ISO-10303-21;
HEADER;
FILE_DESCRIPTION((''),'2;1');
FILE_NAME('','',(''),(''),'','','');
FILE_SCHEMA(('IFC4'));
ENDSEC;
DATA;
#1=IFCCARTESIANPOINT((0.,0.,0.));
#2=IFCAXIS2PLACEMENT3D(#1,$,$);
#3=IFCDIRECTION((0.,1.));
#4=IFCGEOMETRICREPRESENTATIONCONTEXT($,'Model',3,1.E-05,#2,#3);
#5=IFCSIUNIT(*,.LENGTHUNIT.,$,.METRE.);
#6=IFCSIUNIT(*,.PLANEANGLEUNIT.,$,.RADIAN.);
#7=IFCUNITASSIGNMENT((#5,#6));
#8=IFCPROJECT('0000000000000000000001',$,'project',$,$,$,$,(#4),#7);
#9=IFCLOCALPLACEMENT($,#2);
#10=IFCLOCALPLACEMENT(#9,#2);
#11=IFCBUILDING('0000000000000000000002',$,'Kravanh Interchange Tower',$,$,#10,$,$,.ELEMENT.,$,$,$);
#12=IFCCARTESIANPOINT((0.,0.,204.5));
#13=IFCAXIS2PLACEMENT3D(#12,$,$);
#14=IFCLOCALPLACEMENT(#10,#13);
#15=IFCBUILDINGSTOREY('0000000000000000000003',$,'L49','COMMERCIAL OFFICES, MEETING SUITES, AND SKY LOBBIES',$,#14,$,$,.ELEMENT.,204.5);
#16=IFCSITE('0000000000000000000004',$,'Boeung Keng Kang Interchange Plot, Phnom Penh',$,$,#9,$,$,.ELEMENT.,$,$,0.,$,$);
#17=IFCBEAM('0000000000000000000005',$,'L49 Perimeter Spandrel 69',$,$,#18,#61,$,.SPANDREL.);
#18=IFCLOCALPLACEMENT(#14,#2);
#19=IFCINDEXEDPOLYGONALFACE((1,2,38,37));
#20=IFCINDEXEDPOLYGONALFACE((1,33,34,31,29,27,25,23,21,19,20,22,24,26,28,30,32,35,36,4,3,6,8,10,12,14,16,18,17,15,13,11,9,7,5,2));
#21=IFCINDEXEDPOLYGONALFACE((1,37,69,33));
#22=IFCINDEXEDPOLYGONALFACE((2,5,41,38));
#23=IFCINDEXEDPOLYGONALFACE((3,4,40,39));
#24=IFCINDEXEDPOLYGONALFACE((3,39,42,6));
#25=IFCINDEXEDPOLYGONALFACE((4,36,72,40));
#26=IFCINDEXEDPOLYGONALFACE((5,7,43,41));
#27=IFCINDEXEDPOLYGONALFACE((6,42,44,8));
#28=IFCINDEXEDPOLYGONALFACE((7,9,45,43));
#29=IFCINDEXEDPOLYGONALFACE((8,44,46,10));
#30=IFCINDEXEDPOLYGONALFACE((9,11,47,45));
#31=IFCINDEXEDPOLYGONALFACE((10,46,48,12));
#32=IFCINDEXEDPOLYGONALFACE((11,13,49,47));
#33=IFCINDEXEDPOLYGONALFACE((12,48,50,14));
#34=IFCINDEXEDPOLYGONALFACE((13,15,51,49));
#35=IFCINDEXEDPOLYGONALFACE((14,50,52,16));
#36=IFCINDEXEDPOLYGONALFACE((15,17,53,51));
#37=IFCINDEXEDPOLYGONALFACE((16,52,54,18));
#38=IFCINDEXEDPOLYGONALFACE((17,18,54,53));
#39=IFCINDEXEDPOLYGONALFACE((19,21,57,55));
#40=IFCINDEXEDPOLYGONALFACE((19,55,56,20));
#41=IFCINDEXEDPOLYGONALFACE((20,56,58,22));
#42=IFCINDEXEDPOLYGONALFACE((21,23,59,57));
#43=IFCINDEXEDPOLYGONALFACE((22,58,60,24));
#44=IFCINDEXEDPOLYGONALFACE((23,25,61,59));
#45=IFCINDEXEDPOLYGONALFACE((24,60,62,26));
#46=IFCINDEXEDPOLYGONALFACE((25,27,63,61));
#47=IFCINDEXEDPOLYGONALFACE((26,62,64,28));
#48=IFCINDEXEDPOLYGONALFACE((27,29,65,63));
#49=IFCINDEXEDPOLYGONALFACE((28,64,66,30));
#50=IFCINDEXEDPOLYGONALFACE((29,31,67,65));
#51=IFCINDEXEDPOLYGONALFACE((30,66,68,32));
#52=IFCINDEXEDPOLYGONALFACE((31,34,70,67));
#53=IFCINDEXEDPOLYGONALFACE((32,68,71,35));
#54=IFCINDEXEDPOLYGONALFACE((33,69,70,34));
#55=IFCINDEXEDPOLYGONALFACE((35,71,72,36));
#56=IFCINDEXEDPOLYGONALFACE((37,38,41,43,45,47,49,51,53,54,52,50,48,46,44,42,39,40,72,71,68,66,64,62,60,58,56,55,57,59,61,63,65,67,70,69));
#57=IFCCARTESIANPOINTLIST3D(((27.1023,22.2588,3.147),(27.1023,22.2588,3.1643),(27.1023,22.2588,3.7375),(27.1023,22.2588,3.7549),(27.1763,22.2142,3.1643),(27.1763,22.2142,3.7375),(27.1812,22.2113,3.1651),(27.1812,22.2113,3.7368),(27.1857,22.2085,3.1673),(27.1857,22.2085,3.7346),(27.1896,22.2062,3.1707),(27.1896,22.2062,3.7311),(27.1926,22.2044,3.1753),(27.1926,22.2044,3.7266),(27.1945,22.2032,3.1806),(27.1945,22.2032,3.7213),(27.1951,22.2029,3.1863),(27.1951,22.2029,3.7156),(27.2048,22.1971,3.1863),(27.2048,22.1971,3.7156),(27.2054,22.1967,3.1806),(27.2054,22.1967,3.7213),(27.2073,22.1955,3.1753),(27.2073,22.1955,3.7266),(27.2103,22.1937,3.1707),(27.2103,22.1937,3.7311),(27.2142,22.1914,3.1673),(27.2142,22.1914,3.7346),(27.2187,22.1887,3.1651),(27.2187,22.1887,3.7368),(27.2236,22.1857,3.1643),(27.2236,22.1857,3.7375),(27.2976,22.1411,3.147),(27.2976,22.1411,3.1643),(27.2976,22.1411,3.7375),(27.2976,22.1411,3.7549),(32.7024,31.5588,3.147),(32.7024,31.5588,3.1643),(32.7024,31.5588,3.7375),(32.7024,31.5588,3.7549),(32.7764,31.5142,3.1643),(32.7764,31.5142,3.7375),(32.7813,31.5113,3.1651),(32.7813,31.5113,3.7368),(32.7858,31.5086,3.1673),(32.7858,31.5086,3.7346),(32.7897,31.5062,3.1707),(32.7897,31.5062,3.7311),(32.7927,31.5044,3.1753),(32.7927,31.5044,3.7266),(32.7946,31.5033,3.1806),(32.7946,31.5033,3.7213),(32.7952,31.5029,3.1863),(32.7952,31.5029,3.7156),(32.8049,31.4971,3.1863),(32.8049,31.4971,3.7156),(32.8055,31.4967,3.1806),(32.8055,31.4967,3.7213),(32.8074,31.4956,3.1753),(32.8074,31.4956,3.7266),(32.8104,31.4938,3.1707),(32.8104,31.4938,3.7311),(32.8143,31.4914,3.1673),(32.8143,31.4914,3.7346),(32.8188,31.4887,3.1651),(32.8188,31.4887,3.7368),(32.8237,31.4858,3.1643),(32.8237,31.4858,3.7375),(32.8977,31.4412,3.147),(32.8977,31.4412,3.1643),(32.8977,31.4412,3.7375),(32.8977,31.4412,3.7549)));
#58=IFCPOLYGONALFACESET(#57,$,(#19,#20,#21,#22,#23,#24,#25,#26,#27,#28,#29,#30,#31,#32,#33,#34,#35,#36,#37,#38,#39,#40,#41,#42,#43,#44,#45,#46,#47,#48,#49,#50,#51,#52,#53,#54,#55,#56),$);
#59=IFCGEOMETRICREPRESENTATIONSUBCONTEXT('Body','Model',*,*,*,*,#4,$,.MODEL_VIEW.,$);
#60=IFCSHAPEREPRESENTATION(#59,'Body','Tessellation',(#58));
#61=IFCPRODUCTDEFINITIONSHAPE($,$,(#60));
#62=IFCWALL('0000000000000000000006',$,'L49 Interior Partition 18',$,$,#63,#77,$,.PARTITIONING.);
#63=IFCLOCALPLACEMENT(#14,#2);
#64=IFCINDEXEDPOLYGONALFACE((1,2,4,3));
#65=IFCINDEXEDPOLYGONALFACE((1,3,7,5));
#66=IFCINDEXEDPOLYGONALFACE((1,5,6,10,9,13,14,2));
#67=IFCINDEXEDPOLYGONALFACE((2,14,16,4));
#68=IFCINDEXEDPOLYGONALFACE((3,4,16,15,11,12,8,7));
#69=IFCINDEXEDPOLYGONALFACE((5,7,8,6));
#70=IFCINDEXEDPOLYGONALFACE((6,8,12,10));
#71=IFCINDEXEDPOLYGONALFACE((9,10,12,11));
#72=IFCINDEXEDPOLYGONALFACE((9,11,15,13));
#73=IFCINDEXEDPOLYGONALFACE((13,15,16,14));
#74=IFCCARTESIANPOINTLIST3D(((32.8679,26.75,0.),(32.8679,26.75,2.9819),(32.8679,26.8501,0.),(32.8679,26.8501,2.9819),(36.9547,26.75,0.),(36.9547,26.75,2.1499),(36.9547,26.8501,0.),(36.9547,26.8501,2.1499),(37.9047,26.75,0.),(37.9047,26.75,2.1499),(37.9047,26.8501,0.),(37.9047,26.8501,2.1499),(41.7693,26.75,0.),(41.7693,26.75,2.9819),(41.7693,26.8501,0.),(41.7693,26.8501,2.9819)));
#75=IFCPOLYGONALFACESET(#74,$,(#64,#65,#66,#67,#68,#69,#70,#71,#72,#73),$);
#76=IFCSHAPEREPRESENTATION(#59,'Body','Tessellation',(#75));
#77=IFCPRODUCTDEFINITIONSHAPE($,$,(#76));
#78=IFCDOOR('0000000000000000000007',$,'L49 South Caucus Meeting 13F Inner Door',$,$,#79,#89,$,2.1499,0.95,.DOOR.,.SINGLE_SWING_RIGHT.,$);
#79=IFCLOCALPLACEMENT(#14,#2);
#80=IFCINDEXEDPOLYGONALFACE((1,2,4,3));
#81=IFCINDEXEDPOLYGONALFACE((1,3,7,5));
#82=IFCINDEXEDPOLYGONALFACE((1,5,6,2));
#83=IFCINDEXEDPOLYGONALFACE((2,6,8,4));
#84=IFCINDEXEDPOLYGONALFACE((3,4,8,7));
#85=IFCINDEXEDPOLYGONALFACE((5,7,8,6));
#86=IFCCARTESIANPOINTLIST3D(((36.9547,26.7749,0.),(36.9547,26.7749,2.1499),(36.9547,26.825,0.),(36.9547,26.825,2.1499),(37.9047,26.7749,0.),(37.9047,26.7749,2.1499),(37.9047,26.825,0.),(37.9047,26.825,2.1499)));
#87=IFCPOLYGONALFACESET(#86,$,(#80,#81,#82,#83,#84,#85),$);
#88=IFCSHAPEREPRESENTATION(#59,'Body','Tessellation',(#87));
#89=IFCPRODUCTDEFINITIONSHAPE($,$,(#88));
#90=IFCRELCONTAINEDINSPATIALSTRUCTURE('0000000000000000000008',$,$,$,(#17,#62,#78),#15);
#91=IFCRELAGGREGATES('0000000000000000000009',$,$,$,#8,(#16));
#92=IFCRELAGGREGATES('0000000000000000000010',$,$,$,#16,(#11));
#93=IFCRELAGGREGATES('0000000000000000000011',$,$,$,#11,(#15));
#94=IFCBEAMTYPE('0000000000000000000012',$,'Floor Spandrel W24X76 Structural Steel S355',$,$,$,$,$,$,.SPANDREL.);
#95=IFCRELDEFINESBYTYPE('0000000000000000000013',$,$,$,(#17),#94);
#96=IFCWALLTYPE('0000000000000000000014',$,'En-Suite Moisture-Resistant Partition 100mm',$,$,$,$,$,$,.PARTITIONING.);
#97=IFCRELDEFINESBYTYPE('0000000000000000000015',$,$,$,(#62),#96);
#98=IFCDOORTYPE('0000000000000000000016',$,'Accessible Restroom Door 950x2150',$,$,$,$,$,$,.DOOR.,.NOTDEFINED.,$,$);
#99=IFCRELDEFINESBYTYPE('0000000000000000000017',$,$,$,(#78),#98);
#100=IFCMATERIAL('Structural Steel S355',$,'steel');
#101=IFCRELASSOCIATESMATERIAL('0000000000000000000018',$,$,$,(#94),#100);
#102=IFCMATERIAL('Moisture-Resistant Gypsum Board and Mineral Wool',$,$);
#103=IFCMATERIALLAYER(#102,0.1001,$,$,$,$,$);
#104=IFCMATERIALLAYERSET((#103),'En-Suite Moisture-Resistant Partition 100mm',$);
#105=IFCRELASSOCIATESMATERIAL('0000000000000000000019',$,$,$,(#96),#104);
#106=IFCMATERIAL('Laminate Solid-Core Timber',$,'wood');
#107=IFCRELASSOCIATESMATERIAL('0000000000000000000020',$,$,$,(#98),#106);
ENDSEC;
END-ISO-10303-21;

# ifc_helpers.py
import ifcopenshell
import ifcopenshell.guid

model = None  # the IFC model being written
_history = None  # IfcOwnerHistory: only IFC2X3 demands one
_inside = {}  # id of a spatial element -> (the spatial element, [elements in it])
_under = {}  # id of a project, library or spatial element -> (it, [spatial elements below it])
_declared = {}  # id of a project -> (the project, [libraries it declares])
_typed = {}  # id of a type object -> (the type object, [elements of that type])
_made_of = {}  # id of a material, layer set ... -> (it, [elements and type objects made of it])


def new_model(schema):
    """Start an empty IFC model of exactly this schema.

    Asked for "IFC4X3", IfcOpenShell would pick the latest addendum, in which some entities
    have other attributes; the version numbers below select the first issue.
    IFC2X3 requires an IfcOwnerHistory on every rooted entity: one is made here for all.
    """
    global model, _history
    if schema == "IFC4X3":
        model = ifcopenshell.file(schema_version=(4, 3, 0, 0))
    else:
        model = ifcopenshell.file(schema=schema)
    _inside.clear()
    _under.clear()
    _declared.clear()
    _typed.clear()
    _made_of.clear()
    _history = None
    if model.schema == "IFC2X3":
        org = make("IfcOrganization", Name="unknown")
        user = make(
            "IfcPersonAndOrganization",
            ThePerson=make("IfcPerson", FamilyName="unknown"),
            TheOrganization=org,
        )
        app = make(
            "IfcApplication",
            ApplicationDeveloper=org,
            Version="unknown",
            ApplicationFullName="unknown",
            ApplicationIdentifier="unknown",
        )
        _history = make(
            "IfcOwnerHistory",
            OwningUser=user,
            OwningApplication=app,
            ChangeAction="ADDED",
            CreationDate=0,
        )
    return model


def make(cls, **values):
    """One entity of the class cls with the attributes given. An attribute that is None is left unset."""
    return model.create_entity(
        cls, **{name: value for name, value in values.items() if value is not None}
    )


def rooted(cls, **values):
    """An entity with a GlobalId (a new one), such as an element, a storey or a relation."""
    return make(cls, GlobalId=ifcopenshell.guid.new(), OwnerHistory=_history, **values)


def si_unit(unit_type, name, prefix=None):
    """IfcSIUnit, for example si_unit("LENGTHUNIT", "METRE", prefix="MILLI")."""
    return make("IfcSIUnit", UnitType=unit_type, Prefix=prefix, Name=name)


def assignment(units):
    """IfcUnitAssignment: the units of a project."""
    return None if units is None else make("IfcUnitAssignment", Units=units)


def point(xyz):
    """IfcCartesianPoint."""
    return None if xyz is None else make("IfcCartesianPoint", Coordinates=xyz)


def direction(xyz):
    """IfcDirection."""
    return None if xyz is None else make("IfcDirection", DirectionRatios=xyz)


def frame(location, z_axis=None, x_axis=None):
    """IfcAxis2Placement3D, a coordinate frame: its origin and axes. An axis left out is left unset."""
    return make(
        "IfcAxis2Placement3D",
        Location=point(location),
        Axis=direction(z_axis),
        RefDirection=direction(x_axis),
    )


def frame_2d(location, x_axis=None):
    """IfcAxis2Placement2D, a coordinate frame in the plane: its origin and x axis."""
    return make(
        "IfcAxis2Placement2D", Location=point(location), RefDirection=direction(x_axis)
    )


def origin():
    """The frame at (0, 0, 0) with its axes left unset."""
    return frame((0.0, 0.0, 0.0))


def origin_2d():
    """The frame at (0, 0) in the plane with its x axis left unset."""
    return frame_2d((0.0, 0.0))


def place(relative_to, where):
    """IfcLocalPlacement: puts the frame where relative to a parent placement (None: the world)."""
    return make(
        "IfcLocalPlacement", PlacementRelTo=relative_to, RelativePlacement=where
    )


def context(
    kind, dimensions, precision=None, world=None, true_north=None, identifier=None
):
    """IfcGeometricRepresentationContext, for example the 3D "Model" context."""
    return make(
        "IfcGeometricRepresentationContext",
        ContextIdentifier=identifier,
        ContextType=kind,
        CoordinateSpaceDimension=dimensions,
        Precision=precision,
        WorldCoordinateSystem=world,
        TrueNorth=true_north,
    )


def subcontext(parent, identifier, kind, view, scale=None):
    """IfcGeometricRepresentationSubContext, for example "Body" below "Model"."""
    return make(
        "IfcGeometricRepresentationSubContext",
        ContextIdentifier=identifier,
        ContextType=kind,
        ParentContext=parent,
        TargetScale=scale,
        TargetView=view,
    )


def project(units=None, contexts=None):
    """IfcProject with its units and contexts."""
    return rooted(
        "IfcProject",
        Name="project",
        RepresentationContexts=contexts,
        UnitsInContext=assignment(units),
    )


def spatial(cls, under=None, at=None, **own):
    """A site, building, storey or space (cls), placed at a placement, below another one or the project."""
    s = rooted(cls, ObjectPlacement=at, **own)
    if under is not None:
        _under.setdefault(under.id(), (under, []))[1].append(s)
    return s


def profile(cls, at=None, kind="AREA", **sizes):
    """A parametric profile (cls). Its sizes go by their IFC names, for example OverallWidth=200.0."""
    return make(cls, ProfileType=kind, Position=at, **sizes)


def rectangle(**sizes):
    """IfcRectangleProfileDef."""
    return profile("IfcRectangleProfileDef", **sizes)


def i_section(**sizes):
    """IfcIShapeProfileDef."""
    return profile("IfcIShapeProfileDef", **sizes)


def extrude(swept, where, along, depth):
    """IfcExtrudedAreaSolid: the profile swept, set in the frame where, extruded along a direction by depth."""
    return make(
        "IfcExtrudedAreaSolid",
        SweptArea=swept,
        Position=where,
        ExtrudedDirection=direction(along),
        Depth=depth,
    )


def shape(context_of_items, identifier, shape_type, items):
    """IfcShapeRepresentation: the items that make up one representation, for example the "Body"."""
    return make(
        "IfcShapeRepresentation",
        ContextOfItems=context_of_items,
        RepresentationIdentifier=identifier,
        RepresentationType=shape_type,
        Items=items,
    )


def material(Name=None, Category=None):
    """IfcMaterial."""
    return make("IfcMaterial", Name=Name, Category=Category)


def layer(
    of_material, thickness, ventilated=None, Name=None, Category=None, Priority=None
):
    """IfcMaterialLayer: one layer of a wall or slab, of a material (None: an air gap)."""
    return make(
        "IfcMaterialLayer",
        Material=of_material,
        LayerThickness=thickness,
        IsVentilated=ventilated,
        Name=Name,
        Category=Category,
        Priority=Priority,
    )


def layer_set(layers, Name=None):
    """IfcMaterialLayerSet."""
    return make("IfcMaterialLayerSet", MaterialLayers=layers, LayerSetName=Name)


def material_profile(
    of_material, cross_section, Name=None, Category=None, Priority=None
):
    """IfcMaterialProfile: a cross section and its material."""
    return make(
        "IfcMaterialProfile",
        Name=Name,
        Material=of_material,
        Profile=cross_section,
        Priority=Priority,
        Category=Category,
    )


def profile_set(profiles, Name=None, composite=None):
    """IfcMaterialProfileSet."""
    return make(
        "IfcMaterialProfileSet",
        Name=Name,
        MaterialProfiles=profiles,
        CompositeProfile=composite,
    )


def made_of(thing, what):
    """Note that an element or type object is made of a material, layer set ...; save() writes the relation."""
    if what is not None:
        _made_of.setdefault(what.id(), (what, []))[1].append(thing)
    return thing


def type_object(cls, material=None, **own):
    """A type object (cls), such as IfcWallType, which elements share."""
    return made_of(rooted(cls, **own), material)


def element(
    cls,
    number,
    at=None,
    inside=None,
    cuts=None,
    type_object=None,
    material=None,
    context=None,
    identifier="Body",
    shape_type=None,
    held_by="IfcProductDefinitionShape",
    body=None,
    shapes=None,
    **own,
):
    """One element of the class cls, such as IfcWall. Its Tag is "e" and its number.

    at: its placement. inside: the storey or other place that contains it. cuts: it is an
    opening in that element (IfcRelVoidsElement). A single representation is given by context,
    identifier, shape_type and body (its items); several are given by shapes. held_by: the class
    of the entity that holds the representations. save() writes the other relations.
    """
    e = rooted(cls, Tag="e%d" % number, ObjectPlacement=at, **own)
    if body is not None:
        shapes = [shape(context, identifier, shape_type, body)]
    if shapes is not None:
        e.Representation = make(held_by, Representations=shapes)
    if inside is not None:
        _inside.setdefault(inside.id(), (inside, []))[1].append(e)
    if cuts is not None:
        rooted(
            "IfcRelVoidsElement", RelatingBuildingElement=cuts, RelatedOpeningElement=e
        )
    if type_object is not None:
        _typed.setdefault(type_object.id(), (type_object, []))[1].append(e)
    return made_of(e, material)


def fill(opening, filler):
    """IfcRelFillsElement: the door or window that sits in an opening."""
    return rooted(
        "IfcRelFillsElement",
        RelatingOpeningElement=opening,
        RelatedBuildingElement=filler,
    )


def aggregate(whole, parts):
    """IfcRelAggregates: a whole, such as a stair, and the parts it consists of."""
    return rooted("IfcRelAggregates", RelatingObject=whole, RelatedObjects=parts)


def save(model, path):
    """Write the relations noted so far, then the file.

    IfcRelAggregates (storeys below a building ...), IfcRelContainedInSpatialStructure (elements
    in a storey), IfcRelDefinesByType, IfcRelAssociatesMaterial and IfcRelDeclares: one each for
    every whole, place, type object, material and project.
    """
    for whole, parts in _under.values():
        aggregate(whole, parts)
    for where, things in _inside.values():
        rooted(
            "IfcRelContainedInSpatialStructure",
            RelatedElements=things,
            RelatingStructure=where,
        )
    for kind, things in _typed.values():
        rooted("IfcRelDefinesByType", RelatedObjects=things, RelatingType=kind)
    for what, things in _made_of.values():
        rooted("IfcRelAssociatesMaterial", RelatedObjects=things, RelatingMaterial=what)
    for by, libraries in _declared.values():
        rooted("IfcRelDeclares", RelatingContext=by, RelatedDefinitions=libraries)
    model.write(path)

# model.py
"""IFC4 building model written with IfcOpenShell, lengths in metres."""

from ifc_helpers import new_model, si_unit, direction, frame, frame_2d, origin, origin_2d, place, context, subcontext, project, spatial, rectangle, i_section, extrude, material, layer, layer_set, material_profile, profile_set, type_object, element, fill, save


model = new_model("IFC4")

# Units and contexts
model_context = context("Model", 3, precision=1e-05, world=origin(), true_north=direction((0.0, 1.0)))
body_context = subcontext(model_context, "Body", "Model", "MODEL_VIEW")
ifc_project = project(units=[si_unit("LENGTHUNIT", "METRE"), si_unit("PLANEANGLEUNIT", "RADIAN")], contexts=[model_context])

# Site, building, storey
site_placement = place(None, origin())
site = spatial("IfcSite", under=ifc_project, at=site_placement, Name="Boeung Keng Kang Interchange Plot, Phnom Penh", CompositionType="ELEMENT", RefElevation=0.0)
building_placement = place(site_placement, origin())
building = spatial("IfcBuilding", under=site, at=building_placement, Name="Kravanh Interchange Tower", CompositionType="ELEMENT")
storey_placement = place(building_placement, frame((0.0, 0.0, 204.5)))
storey = spatial("IfcBuildingStorey", under=building, at=storey_placement, Name="L49", Description="COMMERCIAL OFFICES, MEETING SUITES, AND SKY LOBBIES", CompositionType="ELEMENT", Elevation=204.5)

# Beam
ifc_material_1 = material(Name="Structural Steel S355", Category="steel")
ifc_material_profile_1 = material_profile(ifc_material_1, i_section(OverallWidth=0.228, OverallDepth=0.6079, WebThickness=0.0112, FlangeThickness=0.0173, FilletRadius=0.022, at=origin_2d()), Name="W24X76")
ifc_profile_set_1 = profile_set([ifc_material_profile_1], Name="Structural Steel S355")
beam_type_1 = type_object("IfcBeamType", Name="Floor Spandrel W24X76 Structural Steel S355", PredefinedType="SPANDREL", material=ifc_profile_set_1)
beam_1_placement = place(storey_placement, frame((32.8, 31.5, 3.4509), z_axis=(-0.515854, -0.856676, 0.0), x_axis=(0.856676, -0.515854, 0.0)))
element("IfcBeam", 1, at=beam_1_placement, inside=storey, type_object=beam_type_1, Name="L49 Perimeter Spandrel 69", PredefinedType="SPANDREL", context=body_context, shape_type="SweptSolid", body=[
    extrude(i_section(OverallWidth=0.228, OverallDepth=0.6079, WebThickness=0.0112, FlangeThickness=0.0173, FilletRadius=0.022, at=origin_2d()), origin(), (0.0, 0.0, 1.0), 10.856),
])

# Wall, opening, door
ifc_material_2 = material(Name="Moisture-Resistant Gypsum Board and Mineral Wool")
ifc_layer = layer(ifc_material_2, 0.1001)
ifc_layer_set = layer_set([ifc_layer], Name="En-Suite Moisture-Resistant Partition 100mm")
wall_type = type_object("IfcWallType", Name="En-Suite Moisture-Resistant Partition 100mm", PredefinedType="PARTITIONING", material=ifc_layer_set)
wall_placement = place(storey_placement, frame((32.8679, 26.8, 0.0), z_axis=(0.0, 0.0, 1.0), x_axis=(1.0, 0.0, 0.0)))
wall = element("IfcWall", 2, at=wall_placement, inside=storey, type_object=wall_type, Name="L49 Interior Partition 18", PredefinedType="PARTITIONING", context=body_context, shape_type="SweptSolid", body=[
    extrude(rectangle(XDim=8.9014, YDim=0.1001, at=frame_2d((4.4507, 0.0))), origin(), (0.0, 0.0, 1.0), 2.9819),
])
opening_placement = place(wall_placement, frame((4.0867, 0.0, 0.0)))
opening = element("IfcOpeningElement", 3, at=opening_placement, cuts=wall, PredefinedType="OPENING", context=body_context, shape_type="SweptSolid", body=[
    extrude(rectangle(XDim=0.95, YDim=2.1499, at=frame_2d((0.4751, 1.075))), frame((0.0, 0.0601, 0.0), z_axis=(0.0, -1.0, 0.0), x_axis=(1.0, 0.0, 0.0)), (0.0, 0.0, 1.0), 0.1201),
])
ifc_material_3 = material(Name="Laminate Solid-Core Timber", Category="wood")
door_type = type_object("IfcDoorType", Name="Accessible Restroom Door 950x2150", OperationType="NOTDEFINED", PredefinedType="DOOR", material=ifc_material_3)
door_placement = place(opening_placement, origin())
door = element("IfcDoor", 4, at=door_placement, inside=storey, type_object=door_type, Name="L49 South Caucus Meeting 13F Inner Door", OperationType="SINGLE_SWING_RIGHT", OverallHeight=2.1499, OverallWidth=0.95, PredefinedType="DOOR", context=body_context, shape_type="SweptSolid", body=[
    extrude(rectangle(XDim=0.95, YDim=2.1499, at=frame_2d((0.4751, 1.075))), frame((0.0, 0.0249, 0.0), z_axis=(0.0, -1.0, 0.0), x_axis=(1.0, 0.0, 0.0)), (0.0, 0.0, 1.0), 0.05),
])
fill(opening, door)

save(model, "model.ifc")
